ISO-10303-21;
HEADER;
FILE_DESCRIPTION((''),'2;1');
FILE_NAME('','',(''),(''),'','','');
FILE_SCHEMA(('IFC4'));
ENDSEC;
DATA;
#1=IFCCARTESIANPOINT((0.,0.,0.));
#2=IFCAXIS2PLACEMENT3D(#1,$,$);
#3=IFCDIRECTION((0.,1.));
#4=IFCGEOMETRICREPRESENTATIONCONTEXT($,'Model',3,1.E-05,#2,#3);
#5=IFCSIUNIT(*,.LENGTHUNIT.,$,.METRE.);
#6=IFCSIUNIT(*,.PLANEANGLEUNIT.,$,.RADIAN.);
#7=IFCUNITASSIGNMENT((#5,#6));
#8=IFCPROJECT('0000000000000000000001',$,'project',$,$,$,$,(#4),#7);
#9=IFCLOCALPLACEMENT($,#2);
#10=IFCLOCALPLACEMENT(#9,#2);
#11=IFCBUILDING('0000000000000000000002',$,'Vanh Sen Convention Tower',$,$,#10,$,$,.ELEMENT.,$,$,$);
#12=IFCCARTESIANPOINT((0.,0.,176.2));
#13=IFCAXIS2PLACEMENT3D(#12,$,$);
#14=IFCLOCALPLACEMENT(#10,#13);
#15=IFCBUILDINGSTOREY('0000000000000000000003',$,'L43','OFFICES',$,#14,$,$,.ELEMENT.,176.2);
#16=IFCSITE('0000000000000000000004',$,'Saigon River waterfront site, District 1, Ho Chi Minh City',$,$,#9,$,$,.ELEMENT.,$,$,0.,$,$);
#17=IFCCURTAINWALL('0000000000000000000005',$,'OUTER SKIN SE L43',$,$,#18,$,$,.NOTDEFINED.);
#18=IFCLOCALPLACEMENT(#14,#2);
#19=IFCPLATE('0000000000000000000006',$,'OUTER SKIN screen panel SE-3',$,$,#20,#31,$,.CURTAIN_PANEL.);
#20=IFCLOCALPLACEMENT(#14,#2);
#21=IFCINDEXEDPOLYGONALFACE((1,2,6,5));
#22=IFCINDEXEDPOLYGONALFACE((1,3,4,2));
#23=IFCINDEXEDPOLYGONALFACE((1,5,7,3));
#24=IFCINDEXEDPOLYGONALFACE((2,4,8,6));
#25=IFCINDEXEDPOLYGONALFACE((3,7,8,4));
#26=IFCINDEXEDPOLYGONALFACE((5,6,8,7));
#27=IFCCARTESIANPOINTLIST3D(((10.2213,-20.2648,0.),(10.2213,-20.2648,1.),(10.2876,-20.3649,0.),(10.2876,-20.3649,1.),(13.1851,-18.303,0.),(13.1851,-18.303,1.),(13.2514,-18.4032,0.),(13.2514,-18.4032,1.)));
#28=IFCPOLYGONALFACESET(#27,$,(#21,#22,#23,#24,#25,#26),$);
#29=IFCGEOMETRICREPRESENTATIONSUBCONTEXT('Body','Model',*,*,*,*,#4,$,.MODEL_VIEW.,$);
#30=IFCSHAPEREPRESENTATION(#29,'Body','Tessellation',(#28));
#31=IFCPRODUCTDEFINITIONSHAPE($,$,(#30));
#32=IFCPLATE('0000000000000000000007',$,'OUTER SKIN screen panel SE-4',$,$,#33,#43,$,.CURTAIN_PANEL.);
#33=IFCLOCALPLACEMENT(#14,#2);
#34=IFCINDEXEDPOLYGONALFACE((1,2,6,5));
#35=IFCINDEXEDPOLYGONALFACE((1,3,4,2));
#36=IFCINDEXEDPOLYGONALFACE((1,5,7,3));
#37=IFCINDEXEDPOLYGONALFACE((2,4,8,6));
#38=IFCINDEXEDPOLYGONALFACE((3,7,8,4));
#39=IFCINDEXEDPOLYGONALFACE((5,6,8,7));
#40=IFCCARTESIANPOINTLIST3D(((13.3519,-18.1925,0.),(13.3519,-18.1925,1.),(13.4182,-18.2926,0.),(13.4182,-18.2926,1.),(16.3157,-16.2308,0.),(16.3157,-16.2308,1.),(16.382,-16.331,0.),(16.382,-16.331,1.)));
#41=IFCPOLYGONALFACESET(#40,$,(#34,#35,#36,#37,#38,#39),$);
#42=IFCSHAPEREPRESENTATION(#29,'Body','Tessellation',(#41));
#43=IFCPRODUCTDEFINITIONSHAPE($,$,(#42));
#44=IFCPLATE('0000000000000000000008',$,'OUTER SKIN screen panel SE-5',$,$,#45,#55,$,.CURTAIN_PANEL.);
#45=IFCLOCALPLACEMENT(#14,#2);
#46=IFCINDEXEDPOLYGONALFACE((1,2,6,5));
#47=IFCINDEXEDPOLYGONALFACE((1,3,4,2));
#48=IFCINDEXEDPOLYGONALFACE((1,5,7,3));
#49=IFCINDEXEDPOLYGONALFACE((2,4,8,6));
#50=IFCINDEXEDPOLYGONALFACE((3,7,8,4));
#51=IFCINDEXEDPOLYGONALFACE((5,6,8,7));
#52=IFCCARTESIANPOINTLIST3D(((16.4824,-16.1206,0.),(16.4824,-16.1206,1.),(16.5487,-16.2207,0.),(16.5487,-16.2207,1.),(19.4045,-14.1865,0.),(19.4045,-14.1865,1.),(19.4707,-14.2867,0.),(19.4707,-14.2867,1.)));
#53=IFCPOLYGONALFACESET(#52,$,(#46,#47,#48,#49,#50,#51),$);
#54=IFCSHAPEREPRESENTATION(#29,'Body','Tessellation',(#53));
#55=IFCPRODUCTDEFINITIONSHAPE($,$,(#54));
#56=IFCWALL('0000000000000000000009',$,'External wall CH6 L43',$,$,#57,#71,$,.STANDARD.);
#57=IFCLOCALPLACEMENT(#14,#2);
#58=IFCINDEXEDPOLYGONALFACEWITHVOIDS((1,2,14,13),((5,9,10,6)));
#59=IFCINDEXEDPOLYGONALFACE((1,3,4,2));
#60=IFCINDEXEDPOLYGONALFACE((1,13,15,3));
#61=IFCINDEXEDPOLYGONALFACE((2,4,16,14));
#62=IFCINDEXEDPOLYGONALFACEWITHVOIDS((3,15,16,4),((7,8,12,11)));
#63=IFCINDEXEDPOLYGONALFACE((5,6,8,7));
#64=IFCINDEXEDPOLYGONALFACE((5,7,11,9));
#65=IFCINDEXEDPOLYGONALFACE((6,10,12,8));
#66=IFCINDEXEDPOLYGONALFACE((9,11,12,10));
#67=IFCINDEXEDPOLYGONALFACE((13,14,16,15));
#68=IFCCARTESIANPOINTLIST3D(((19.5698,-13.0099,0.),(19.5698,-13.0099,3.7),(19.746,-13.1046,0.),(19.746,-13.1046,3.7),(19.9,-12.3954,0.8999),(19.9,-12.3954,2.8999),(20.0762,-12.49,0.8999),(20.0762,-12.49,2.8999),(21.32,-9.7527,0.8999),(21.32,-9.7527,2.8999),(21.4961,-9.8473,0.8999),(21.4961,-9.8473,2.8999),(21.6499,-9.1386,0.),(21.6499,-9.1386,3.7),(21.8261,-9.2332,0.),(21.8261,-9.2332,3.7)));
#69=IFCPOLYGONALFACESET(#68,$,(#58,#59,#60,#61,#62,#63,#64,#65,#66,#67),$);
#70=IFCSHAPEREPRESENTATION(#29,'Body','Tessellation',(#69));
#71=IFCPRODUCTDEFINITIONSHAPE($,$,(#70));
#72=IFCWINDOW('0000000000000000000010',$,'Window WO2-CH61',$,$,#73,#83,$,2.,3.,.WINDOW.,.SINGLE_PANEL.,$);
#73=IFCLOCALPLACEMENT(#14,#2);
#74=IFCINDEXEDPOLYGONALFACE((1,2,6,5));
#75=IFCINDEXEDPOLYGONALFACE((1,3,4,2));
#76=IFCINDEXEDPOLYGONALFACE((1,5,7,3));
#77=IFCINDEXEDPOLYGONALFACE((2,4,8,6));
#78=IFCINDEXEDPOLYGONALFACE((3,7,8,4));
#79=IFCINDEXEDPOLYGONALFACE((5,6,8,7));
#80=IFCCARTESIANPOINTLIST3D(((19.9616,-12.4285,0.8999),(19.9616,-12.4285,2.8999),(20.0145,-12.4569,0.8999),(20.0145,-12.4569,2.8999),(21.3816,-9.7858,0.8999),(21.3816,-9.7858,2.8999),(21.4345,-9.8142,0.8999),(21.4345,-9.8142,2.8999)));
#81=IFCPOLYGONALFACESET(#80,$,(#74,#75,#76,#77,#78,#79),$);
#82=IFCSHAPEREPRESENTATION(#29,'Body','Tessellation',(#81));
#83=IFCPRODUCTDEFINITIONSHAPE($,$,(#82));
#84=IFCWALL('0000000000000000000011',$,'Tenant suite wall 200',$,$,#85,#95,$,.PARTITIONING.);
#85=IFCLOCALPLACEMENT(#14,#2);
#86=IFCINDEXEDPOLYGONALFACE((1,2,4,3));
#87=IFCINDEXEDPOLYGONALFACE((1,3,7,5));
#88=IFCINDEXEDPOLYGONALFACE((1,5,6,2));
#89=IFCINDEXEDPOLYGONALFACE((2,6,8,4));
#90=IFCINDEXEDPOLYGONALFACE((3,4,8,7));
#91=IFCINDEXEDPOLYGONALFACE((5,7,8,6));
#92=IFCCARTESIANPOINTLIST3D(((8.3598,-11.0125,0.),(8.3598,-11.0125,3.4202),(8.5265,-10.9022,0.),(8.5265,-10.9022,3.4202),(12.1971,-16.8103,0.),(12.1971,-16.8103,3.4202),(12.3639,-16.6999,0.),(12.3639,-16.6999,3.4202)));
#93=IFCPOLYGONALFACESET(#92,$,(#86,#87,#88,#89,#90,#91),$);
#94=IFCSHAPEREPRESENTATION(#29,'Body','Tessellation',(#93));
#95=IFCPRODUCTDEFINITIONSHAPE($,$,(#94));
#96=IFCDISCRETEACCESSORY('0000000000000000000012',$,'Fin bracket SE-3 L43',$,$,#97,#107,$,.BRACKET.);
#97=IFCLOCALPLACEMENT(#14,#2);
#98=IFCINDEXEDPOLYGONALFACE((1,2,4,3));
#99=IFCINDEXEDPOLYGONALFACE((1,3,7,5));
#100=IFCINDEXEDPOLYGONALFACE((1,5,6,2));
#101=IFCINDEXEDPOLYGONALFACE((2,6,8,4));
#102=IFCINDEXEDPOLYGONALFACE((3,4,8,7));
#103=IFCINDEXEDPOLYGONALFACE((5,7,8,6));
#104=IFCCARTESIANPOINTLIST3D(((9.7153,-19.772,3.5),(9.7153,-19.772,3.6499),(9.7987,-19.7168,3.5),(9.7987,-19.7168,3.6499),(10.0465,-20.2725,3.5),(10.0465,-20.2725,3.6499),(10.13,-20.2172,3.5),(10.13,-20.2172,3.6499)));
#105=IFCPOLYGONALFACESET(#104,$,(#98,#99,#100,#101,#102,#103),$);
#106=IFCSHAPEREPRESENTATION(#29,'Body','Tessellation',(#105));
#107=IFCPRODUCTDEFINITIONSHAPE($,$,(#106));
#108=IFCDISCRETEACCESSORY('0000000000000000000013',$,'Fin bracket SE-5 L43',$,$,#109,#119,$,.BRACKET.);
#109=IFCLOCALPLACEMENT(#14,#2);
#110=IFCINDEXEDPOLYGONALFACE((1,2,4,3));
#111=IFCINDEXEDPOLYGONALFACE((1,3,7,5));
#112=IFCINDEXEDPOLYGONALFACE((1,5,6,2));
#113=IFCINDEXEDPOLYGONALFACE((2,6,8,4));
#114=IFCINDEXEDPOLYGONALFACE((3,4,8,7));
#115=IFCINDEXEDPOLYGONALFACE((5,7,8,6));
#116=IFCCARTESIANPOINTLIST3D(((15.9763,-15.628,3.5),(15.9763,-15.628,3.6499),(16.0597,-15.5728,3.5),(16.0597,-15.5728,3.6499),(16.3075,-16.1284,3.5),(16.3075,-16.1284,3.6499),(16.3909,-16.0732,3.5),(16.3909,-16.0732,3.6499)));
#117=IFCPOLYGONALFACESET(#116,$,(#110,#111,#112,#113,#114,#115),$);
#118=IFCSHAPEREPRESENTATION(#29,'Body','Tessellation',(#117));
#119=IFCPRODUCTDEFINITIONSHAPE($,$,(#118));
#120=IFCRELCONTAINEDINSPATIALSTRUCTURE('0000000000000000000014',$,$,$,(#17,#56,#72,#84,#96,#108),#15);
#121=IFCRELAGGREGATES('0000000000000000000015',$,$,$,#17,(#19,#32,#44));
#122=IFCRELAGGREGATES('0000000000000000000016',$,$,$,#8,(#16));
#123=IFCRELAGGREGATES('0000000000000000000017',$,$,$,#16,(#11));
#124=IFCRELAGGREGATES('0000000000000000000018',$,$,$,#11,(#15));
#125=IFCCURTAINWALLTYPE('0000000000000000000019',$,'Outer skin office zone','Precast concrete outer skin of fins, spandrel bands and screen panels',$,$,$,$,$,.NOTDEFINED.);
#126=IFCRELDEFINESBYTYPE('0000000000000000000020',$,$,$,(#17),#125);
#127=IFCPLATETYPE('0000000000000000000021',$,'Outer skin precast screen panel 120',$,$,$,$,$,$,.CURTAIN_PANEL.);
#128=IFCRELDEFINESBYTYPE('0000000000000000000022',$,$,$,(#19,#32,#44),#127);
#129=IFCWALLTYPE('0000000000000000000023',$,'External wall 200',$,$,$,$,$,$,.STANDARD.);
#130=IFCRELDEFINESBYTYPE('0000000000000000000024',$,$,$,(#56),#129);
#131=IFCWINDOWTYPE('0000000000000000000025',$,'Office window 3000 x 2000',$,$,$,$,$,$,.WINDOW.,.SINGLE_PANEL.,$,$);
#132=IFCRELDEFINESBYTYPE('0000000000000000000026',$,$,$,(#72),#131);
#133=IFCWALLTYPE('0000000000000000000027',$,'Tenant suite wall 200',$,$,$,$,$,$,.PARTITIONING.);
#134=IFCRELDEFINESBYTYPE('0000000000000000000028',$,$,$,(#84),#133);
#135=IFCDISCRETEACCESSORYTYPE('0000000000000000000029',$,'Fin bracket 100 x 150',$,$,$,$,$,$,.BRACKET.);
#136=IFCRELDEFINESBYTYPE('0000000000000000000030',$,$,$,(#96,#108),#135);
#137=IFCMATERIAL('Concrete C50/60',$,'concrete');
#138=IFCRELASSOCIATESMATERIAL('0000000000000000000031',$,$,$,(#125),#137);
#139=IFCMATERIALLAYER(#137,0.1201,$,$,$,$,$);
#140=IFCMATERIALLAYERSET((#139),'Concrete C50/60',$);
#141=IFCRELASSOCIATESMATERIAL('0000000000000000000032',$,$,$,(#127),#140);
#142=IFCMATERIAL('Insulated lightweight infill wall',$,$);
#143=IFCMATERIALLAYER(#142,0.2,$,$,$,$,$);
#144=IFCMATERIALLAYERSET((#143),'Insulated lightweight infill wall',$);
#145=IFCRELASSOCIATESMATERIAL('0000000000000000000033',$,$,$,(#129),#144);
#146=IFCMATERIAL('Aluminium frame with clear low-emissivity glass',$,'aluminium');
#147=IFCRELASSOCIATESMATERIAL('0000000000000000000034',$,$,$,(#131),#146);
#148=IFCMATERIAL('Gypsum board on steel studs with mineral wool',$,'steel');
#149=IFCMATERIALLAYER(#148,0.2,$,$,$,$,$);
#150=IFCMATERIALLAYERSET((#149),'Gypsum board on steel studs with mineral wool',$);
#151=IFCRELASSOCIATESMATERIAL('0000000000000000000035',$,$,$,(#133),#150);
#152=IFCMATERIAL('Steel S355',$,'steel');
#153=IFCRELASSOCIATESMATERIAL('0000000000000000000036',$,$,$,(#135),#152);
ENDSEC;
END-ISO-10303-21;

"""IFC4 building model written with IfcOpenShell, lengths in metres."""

from ifc_helpers import new_model, si_unit, direction, frame, frame_2d, origin, origin_2d, place, context, subcontext, project, spatial, rectangle, extrude, material, layer, layer_set, type_object, element, fill, aggregate, save


model = new_model("IFC4")

# Units and contexts
model_context = context("Model", 3, precision=1e-05, world=origin(), true_north=direction((0.0, 1.0)))
body_context = subcontext(model_context, "Body", "Model", "MODEL_VIEW")
ifc_project = project(units=[si_unit("LENGTHUNIT", "METRE"), si_unit("PLANEANGLEUNIT", "RADIAN")], contexts=[model_context])

# Site, building, storey
site_placement = place(None, origin())
site = spatial("IfcSite", under=ifc_project, at=site_placement, Name="Saigon River waterfront site, District 1, Ho Chi Minh City", CompositionType="ELEMENT", RefElevation=0.0)
building_placement = place(site_placement, origin())
building = spatial("IfcBuilding", under=site, at=building_placement, Name="Vanh Sen Convention Tower", CompositionType="ELEMENT")
storey_placement = place(building_placement, frame((0.0, 0.0, 176.2)))
storey = spatial("IfcBuildingStorey", under=building, at=storey_placement, Name="L43", Description="OFFICES", CompositionType="ELEMENT", Elevation=176.2)

# Curtain wall
ifc_material_1 = material(Name="Concrete C50/60", Category="concrete")
curtain_wall_type = type_object("IfcCurtainWallType", Name="Outer skin office zone", Description="Precast concrete outer skin of fins, spandrel bands and screen panels", PredefinedType="NOTDEFINED", material=ifc_material_1)
curtain_wall_1_placement = place(storey_placement, origin())
curtain_wall_1 = element("IfcCurtainWall", 1, at=curtain_wall_1_placement, inside=storey, type_object=curtain_wall_type, Name="OUTER SKIN SE L43", PredefinedType="NOTDEFINED")

# Plates
ifc_layer_1 = layer(ifc_material_1, 0.1201)
ifc_layer_set_1 = layer_set([ifc_layer_1], Name="Concrete C50/60")
plate_type = type_object("IfcPlateType", Name="Outer skin precast screen panel 120", PredefinedType="CURTAIN_PANEL", material=ifc_layer_set_1)
plate_1_placement = place(storey_placement, frame((11.7363, -19.334, 0.0), z_axis=(0.0, 0.0, 1.0), x_axis=(0.833877, 0.55195, 0.0)))
plate_1 = element("IfcPlate", 2, at=plate_1_placement, type_object=plate_type, Name="OUTER SKIN screen panel SE-3", PredefinedType="CURTAIN_PANEL", context=body_context, shape_type="SweptSolid", body=[
    extrude(rectangle(XDim=3.5542, YDim=0.1201, at=origin_2d()), origin(), (0.0, 0.0, 1.0), 1.0),
])
plate_2_placement = place(storey_placement, frame((14.8669, -17.2617, 0.0), z_axis=(0.0, 0.0, 1.0), x_axis=(0.83389, 0.551931, 0.0)))
plate_2 = element("IfcPlate", 3, at=plate_2_placement, type_object=plate_type, Name="OUTER SKIN screen panel SE-4", PredefinedType="CURTAIN_PANEL", context=body_context, shape_type="SweptSolid", body=[
    extrude(rectangle(XDim=3.5542, YDim=0.1201, at=origin_2d()), origin(), (0.0, 0.0, 1.0), 1.0),
])
plate_3_placement = place(storey_placement, frame((17.9766, -15.2036, 0.0), z_axis=(0.0, 0.0, 1.0), x_axis=(0.83389, 0.551931, 0.0)))
plate_3 = element("IfcPlate", 4, at=plate_3_placement, type_object=plate_type, Name="OUTER SKIN screen panel SE-5", PredefinedType="CURTAIN_PANEL", context=body_context, shape_type="SweptSolid", body=[
    extrude(rectangle(XDim=3.5042, YDim=0.1201, at=origin_2d()), origin(), (0.0, 0.0, 1.0), 1.0),
])
aggregate(curtain_wall_1, [plate_1, plate_2, plate_3])

# Wall, opening, window
ifc_material_2 = material(Name="Insulated lightweight infill wall")
ifc_layer_2 = layer(ifc_material_2, 0.2)
ifc_layer_set_2 = layer_set([ifc_layer_2], Name="Insulated lightweight infill wall")
wall_type_1 = type_object("IfcWallType", Name="External wall 200", PredefinedType="STANDARD", material=ifc_layer_set_2)
wall_1_placement = place(storey_placement, frame((19.658, -13.0571, 0.0), z_axis=(0.0, 0.0, 1.0), x_axis=(0.473308, 0.880897, 0.0)))
wall_1 = element("IfcWall", 5, at=wall_1_placement, inside=storey, type_object=wall_type_1, Name="External wall CH6 L43", PredefinedType="STANDARD", context=body_context, shape_type="SweptSolid", body=[
    extrude(rectangle(XDim=4.3948, YDim=0.2, at=frame_2d((2.1973, 0.0))), origin(), (0.0, 0.0, 1.0), 3.7),
])
opening_placement = place(wall_1_placement, frame((0.6975, 0.0, 0.8999)))
opening = element("IfcOpeningElement", 6, at=opening_placement, cuts=wall_1, PredefinedType="OPENING", context=body_context, shape_type="SweptSolid", body=[
    extrude(rectangle(XDim=3.0, YDim=2.0, at=frame_2d((1.5, 1.0))), frame((0.0, 0.1099, 0.0), z_axis=(0.0, -1.0, 0.0), x_axis=(1.0, 0.0, 0.0)), (0.0, 0.0, 1.0), 0.22),
])
ifc_material_3 = material(Name="Aluminium frame with clear low-emissivity glass", Category="aluminium")
window_type = type_object("IfcWindowType", Name="Office window 3000 x 2000", PartitioningType="SINGLE_PANEL", PredefinedType="WINDOW", material=ifc_material_3)
window_placement = place(opening_placement, origin())
window = element("IfcWindow", 7, at=window_placement, inside=storey, type_object=window_type, Name="Window WO2-CH61", OverallHeight=2.0, OverallWidth=3.0, PartitioningType="SINGLE_PANEL", PredefinedType="WINDOW", context=body_context, shape_type="SweptSolid", body=[
    extrude(rectangle(XDim=3.0, YDim=2.0, at=frame_2d((1.5, 1.0))), frame((0.0, 0.03, 0.0), z_axis=(0.0, -1.0, 0.0), x_axis=(1.0, 0.0, 0.0)), (0.0, 0.0, 1.0), 0.0601),
])
fill(opening, window)

# Wall
ifc_material_4 = material(Name="Gypsum board on steel studs with mineral wool", Category="steel")
ifc_layer_3 = layer(ifc_material_4, 0.2)
ifc_layer_set_3 = layer_set([ifc_layer_3], Name="Gypsum board on steel studs with mineral wool")
wall_type_2 = type_object("IfcWallType", Name="Tenant suite wall 200", PredefinedType="PARTITIONING", material=ifc_layer_set_3)
wall_2_placement = place(storey_placement, frame((12.2805, -16.7551, 0.0), z_axis=(0.0, 0.0, 1.0), x_axis=(-0.551926, 0.833893, 0.0)))
element("IfcWall", 8, at=wall_2_placement, inside=storey, type_object=wall_type_2, Name="Tenant suite wall 200", PredefinedType="PARTITIONING", context=body_context, shape_type="SweptSolid", body=[
    extrude(rectangle(XDim=6.9526, YDim=0.2, at=frame_2d((3.4763, 0.0))), origin(), (0.0, 0.0, 1.0), 3.4202),
])

# Discrete accessories
ifc_material_5 = material(Name="Steel S355", Category="steel")
discrete_accessory_type = type_object("IfcDiscreteAccessoryType", Name="Fin bracket 100 x 150", PredefinedType="BRACKET", material=ifc_material_5)
for number, where, z_axis, x_axis, name in (
    (9, (9.9226, -19.9946, 3.5), (0.0, 0.0, 1.0), (0.551937, -0.833886, 0.0), "Fin bracket SE-3 L43"),
    (10, (16.1836, -15.8506, 3.5), (0.0, 0.0, 1.0), (0.551937, -0.833886, 0.0), "Fin bracket SE-5 L43"),
):
    element("IfcDiscreteAccessory", number, at=place(storey_placement, frame(where, z_axis=z_axis, x_axis=x_axis)), inside=storey, type_object=discrete_accessory_type, Name=name, PredefinedType="BRACKET", context=body_context, shape_type="SweptSolid", body=[
        extrude(rectangle(XDim=0.6001, YDim=0.1001, at=origin_2d()), origin(), (0.0, 0.0, 1.0), 0.1499),
    ])

save(model, "model.ifc")
